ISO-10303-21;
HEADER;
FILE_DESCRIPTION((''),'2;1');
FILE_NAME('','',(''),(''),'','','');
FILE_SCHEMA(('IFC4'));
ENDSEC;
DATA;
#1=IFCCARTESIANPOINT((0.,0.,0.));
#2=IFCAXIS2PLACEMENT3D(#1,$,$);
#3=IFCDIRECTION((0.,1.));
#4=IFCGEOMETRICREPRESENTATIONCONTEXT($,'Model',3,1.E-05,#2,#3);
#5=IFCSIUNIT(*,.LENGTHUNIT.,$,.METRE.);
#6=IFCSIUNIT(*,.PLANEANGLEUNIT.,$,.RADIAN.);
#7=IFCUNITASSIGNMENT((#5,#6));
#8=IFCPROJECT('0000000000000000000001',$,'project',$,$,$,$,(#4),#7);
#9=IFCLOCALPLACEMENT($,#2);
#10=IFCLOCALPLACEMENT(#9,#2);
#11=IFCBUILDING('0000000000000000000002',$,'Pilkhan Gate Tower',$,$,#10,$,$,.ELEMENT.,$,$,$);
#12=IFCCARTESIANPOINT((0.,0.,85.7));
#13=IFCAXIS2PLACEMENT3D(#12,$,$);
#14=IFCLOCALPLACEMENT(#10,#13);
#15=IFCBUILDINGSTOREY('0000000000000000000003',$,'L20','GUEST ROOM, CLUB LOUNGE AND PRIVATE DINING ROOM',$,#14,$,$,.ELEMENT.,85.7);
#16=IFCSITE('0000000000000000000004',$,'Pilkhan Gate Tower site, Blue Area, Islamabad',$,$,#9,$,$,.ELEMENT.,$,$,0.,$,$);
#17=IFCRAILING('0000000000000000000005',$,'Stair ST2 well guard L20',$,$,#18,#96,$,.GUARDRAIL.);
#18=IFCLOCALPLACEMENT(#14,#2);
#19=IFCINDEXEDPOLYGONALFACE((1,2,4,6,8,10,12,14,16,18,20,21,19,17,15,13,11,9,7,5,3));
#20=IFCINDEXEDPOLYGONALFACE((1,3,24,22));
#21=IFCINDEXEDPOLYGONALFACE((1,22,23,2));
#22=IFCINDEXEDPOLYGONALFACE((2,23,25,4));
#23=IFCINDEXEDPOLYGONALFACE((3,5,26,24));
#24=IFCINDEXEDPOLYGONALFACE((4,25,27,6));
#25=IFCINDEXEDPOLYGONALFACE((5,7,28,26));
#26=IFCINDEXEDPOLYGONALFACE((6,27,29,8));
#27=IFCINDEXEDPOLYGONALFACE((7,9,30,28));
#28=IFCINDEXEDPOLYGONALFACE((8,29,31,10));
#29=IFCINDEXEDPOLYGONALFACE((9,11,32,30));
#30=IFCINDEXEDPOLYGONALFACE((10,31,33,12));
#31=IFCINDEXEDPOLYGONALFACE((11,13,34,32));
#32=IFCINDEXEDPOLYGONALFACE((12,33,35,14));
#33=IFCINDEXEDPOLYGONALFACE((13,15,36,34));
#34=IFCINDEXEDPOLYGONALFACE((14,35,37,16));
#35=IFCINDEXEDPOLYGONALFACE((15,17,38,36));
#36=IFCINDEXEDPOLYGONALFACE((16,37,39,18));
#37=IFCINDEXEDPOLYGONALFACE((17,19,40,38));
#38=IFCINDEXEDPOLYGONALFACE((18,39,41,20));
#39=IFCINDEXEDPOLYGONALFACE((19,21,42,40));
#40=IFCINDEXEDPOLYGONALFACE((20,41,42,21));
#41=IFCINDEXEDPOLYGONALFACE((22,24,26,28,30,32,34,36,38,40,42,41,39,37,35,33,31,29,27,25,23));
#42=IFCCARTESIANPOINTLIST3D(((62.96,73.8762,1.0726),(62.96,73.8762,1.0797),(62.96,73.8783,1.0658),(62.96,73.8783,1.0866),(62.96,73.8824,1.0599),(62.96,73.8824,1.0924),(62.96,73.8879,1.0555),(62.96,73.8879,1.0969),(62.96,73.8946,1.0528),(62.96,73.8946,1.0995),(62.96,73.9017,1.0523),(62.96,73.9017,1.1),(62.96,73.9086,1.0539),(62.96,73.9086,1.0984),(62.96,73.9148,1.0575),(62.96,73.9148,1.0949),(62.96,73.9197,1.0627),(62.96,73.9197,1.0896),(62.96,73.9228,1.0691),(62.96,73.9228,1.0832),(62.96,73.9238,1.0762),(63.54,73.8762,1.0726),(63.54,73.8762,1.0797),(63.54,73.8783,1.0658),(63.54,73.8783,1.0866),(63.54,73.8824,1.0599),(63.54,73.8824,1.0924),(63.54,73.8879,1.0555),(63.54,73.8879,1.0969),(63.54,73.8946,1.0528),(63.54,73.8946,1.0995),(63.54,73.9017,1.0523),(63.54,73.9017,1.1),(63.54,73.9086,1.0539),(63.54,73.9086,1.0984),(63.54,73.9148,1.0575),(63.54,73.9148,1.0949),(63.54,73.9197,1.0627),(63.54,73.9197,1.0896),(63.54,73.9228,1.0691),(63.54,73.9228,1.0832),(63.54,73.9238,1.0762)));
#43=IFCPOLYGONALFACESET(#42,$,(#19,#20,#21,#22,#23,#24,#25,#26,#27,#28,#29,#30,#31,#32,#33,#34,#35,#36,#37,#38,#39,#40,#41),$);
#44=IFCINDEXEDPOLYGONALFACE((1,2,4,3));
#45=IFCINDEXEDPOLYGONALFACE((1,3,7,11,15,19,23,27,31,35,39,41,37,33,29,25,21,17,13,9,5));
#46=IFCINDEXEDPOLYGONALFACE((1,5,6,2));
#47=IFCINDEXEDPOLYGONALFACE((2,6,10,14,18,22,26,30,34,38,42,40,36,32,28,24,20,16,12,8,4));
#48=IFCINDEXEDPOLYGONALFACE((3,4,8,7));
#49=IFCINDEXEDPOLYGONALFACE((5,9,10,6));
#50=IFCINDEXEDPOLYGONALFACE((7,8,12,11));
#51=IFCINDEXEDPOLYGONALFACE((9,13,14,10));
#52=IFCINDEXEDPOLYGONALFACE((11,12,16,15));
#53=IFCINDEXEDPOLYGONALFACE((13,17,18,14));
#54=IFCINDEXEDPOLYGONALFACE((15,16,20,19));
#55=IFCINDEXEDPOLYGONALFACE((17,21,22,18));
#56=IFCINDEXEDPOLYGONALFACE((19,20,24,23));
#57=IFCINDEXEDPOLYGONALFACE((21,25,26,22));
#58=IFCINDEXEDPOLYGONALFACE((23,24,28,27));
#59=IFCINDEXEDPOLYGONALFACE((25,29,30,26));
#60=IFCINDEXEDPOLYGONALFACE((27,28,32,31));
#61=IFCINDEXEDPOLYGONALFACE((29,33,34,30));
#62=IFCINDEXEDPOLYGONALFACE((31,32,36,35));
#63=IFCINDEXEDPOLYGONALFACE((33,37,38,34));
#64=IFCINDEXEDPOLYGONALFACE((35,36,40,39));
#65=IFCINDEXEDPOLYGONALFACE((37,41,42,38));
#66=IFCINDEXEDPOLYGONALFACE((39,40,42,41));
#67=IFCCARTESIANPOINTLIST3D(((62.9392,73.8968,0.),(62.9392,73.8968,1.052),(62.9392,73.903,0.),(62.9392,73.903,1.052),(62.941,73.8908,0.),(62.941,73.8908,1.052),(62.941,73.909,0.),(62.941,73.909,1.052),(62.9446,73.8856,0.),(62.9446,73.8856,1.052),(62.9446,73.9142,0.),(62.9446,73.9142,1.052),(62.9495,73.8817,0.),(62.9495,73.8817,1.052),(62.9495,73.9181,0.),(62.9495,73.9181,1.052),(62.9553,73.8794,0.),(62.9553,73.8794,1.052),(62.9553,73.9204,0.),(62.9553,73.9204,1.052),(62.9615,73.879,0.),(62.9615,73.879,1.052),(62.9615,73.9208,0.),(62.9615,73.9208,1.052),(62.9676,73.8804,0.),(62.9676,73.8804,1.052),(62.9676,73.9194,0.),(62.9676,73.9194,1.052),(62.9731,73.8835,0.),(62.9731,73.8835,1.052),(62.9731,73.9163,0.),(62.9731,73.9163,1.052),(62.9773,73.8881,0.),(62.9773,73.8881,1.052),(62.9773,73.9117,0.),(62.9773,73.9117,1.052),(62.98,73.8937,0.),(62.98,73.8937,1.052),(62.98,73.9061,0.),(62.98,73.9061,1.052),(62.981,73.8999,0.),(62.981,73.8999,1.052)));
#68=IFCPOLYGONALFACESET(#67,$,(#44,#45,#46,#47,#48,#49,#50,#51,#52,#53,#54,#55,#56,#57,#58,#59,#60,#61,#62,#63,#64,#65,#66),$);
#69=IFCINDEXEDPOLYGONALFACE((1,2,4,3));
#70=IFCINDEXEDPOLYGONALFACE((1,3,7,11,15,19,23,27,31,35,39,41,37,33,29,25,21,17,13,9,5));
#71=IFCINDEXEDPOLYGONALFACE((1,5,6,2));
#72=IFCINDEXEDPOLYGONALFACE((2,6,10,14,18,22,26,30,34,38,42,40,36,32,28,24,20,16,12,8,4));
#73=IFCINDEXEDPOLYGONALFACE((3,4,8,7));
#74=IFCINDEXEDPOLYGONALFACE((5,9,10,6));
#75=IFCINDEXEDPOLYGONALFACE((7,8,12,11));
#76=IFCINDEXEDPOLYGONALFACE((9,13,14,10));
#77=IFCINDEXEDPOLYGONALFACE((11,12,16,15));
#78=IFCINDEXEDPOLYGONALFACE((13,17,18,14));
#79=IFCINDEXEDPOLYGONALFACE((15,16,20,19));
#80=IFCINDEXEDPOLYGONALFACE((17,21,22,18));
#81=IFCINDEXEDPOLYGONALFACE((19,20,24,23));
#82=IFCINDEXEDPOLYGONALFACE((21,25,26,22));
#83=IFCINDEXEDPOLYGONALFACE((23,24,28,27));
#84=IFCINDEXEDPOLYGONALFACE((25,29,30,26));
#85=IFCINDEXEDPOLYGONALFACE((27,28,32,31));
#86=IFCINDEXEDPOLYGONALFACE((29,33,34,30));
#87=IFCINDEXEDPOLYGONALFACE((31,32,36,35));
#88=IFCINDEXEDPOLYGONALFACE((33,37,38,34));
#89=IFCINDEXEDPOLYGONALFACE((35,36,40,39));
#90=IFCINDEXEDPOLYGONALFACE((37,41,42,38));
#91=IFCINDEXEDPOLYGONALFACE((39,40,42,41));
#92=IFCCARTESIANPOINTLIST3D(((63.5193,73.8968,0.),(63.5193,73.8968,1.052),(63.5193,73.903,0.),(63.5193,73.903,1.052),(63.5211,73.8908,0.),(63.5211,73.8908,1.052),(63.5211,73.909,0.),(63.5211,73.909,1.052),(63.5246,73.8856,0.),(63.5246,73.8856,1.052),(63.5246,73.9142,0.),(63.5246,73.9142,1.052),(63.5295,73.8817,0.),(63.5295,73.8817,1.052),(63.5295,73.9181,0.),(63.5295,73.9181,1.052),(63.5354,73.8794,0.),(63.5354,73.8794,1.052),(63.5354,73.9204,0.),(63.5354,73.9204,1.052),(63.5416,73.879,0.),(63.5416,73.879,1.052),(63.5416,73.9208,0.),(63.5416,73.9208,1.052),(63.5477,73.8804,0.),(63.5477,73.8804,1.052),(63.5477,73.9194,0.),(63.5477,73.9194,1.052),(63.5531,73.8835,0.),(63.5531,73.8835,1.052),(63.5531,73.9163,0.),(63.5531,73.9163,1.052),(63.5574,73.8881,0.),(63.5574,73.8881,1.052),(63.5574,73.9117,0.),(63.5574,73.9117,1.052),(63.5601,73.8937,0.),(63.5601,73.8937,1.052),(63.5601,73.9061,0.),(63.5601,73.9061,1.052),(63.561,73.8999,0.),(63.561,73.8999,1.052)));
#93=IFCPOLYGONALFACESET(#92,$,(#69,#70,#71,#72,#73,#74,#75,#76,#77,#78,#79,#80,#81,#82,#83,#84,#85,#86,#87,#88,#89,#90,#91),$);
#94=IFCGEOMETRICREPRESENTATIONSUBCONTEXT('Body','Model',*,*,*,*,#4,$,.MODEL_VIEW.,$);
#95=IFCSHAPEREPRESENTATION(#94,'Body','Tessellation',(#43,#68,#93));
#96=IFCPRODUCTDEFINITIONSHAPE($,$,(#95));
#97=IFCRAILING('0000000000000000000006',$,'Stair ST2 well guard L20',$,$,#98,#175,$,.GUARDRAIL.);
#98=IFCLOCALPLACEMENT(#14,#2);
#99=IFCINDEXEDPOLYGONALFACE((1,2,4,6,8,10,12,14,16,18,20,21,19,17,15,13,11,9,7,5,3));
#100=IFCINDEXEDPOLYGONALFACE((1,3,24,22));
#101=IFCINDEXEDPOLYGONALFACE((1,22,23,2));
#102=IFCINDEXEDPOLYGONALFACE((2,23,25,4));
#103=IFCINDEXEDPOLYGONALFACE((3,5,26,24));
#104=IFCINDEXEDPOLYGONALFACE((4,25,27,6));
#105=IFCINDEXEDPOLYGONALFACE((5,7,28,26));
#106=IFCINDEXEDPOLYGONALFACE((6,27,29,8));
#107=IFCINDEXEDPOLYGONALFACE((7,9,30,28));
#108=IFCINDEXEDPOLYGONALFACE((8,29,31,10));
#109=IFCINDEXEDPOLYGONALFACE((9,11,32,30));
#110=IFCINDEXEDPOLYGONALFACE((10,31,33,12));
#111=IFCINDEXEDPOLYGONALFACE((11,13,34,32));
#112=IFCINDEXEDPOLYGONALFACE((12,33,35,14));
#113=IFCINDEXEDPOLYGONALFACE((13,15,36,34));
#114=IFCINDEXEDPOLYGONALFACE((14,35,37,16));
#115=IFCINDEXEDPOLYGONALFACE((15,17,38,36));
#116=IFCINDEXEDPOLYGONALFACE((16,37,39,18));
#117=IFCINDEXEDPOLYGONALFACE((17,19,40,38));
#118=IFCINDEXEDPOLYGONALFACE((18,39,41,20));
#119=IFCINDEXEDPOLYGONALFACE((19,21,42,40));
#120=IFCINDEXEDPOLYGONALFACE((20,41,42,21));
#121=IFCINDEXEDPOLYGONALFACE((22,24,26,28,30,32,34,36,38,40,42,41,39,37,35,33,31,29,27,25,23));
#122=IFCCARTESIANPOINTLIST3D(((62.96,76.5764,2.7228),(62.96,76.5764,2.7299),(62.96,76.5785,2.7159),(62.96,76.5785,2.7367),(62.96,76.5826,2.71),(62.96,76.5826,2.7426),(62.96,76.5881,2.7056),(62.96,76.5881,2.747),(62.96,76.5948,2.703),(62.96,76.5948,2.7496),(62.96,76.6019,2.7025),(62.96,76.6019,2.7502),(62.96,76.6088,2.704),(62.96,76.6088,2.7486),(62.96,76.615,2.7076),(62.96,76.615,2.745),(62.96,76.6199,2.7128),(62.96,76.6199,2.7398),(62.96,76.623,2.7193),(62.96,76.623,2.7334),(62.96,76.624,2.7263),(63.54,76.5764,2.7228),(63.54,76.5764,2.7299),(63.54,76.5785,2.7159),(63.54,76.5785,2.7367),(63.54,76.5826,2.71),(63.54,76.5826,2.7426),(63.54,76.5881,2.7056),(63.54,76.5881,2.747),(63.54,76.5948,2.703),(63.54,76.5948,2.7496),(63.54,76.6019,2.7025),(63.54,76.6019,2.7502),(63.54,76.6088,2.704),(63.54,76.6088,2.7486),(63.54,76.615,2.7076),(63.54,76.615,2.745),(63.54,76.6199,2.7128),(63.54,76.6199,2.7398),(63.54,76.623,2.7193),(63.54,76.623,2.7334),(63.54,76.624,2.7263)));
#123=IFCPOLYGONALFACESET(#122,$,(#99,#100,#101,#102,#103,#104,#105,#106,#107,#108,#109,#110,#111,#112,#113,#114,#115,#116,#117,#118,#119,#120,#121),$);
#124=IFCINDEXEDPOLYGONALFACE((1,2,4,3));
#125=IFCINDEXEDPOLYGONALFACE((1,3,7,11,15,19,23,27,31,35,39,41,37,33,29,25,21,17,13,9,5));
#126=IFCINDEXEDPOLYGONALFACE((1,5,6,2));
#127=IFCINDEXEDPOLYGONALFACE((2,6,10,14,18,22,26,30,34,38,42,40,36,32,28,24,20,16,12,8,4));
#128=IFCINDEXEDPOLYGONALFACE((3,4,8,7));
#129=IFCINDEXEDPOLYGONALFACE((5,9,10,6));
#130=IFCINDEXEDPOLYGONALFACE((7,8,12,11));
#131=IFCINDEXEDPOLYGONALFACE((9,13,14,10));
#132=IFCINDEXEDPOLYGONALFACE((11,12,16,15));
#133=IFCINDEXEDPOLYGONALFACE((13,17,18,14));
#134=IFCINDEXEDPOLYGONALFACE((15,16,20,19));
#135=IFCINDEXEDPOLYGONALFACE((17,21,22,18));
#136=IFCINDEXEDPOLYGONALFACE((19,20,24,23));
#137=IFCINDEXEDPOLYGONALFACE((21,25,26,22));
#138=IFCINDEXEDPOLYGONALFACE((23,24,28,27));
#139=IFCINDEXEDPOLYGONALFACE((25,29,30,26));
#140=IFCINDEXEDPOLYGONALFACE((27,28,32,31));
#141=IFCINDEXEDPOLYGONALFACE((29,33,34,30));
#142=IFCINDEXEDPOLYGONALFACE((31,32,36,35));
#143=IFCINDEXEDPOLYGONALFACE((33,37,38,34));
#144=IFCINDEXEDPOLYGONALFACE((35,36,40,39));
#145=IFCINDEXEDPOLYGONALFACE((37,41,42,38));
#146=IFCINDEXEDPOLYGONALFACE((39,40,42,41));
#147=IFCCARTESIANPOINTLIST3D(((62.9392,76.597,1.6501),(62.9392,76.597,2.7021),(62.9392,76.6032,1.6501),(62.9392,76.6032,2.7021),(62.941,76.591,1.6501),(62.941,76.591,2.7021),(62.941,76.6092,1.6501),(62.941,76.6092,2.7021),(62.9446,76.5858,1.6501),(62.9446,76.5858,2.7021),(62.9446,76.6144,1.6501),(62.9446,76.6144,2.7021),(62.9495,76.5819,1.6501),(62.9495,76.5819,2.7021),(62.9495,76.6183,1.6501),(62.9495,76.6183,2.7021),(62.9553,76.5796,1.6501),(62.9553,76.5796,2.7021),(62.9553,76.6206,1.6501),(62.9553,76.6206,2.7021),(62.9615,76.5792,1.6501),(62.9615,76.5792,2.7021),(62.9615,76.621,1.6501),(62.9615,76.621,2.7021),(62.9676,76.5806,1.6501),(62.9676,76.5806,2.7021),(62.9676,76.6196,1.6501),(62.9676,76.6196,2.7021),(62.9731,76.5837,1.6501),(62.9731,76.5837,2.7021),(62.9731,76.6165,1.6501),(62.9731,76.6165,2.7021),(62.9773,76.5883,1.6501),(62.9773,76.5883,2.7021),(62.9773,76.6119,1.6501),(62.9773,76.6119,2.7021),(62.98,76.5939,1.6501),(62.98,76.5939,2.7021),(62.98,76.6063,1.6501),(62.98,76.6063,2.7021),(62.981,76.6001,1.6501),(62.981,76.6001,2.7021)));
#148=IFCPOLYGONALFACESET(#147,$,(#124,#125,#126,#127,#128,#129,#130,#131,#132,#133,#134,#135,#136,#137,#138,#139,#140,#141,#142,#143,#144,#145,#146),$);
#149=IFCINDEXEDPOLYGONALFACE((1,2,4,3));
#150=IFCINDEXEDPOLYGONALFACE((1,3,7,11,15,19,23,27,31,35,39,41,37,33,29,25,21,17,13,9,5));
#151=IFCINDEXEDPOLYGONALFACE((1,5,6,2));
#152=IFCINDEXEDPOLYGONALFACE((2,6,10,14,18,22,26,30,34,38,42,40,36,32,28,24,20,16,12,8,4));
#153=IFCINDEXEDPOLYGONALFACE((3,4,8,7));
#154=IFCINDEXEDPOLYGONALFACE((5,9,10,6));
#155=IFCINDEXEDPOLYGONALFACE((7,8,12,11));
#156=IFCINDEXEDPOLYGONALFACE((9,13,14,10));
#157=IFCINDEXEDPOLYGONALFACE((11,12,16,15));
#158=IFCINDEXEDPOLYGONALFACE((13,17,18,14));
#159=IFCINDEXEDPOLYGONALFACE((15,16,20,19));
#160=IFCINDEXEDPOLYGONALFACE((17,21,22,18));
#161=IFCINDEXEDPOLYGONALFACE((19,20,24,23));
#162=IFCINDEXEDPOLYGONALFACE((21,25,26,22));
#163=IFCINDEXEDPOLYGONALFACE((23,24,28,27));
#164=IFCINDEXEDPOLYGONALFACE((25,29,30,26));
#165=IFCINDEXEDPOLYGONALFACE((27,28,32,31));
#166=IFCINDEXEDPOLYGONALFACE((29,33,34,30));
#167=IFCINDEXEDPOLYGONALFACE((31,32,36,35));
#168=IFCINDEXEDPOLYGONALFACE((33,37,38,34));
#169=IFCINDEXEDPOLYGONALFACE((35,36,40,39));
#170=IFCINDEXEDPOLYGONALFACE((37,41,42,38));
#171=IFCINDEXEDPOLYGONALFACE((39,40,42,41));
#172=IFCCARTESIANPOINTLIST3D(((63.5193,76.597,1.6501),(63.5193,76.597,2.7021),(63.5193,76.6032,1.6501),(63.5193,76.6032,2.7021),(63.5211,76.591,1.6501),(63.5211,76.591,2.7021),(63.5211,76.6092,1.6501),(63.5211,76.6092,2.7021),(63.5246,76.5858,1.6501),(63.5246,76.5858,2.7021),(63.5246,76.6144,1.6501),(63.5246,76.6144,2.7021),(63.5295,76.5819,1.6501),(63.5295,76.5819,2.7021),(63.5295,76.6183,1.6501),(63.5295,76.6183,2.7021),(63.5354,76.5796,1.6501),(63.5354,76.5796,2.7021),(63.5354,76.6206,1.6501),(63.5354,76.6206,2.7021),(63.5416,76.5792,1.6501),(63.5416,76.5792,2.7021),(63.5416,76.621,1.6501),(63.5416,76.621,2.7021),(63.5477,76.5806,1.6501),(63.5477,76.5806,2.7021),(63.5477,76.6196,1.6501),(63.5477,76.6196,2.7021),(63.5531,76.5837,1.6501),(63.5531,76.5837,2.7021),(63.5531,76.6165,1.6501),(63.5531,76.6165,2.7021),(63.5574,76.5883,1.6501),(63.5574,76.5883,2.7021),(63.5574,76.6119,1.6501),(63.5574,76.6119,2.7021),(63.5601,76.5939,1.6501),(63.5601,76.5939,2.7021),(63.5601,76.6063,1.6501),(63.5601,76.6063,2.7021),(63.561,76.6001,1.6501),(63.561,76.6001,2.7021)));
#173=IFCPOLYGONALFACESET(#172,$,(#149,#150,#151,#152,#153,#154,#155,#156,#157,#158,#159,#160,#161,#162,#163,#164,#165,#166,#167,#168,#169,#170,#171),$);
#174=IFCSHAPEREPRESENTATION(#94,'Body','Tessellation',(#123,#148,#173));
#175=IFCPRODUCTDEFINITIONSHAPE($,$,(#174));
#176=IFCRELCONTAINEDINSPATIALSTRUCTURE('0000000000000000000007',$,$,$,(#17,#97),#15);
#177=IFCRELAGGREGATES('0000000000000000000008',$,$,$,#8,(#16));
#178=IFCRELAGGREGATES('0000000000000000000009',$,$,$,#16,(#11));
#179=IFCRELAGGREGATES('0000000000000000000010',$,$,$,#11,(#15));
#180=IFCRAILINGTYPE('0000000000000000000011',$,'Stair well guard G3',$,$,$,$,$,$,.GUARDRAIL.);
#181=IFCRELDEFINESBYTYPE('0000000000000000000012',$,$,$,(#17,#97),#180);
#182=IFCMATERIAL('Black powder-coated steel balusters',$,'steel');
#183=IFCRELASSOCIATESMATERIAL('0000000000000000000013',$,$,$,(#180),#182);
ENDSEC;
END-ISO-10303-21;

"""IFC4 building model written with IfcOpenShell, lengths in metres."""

from ifc_helpers import new_model, si_unit, direction, frame, origin, origin_2d, place, context, subcontext, project, spatial, circle, extrude, material, type_object, element, save


model = new_model("IFC4")

# Units and contexts
model_context = context("Model", 3, precision=1e-05, world=origin(), true_north=direction((0.0, 1.0)))
body_context = subcontext(model_context, "Body", "Model", "MODEL_VIEW")
ifc_project = project(units=[si_unit("LENGTHUNIT", "METRE"), si_unit("PLANEANGLEUNIT", "RADIAN")], contexts=[model_context])

# Site, building, storey
site_placement = place(None, origin())
site = spatial("IfcSite", under=ifc_project, at=site_placement, Name="Pilkhan Gate Tower site, Blue Area, Islamabad", CompositionType="ELEMENT", RefElevation=0.0)
building_placement = place(site_placement, origin())
building = spatial("IfcBuilding", under=site, at=building_placement, Name="Pilkhan Gate Tower", CompositionType="ELEMENT")
storey_placement = place(building_placement, frame((0.0, 0.0, 85.7)))
storey = spatial("IfcBuildingStorey", under=building, at=storey_placement, Name="L20", Description="GUEST ROOM, CLUB LOUNGE AND PRIVATE DINING ROOM", CompositionType="ELEMENT", Elevation=85.7)

# Railings
ifc_material_1 = material(Name="Black powder-coated steel balusters", Category="steel")
railing_type_1 = type_object("IfcRailingType", Name="Stair well guard G3", PredefinedType="GUARDRAIL", material=ifc_material_1)
for number, where, name in (
    (1, (62.96, 73.8999, 0.0), "Stair ST2 well guard L20"),
    (2, (62.96, 76.6001, 1.6501), "Stair ST2 well guard L20"),
):
    element("IfcRailing", number, at=place(storey_placement, frame(where)), inside=storey, type_object=railing_type_1, Name=name, PredefinedType="GUARDRAIL", context=body_context, shape_type="SweptSolid", body=[
        extrude(circle(Radius=0.0239, at=origin_2d()), frame((0.0, 0.0, 1.0762), z_axis=(1.0, 0.0, 0.0), x_axis=(0.0, 1.0, 0.0)), (0.0, 0.0, 1.0), 0.5801),
        extrude(circle(Radius=0.021, at=origin_2d()), origin(), (0.0, 0.0, 1.0), 1.052),
        extrude(circle(Radius=0.021, at=origin_2d()), frame((0.5801, 0.0, 0.0)), (0.0, 0.0, 1.0), 1.052),
    ])

save(model, "model.ifc")
